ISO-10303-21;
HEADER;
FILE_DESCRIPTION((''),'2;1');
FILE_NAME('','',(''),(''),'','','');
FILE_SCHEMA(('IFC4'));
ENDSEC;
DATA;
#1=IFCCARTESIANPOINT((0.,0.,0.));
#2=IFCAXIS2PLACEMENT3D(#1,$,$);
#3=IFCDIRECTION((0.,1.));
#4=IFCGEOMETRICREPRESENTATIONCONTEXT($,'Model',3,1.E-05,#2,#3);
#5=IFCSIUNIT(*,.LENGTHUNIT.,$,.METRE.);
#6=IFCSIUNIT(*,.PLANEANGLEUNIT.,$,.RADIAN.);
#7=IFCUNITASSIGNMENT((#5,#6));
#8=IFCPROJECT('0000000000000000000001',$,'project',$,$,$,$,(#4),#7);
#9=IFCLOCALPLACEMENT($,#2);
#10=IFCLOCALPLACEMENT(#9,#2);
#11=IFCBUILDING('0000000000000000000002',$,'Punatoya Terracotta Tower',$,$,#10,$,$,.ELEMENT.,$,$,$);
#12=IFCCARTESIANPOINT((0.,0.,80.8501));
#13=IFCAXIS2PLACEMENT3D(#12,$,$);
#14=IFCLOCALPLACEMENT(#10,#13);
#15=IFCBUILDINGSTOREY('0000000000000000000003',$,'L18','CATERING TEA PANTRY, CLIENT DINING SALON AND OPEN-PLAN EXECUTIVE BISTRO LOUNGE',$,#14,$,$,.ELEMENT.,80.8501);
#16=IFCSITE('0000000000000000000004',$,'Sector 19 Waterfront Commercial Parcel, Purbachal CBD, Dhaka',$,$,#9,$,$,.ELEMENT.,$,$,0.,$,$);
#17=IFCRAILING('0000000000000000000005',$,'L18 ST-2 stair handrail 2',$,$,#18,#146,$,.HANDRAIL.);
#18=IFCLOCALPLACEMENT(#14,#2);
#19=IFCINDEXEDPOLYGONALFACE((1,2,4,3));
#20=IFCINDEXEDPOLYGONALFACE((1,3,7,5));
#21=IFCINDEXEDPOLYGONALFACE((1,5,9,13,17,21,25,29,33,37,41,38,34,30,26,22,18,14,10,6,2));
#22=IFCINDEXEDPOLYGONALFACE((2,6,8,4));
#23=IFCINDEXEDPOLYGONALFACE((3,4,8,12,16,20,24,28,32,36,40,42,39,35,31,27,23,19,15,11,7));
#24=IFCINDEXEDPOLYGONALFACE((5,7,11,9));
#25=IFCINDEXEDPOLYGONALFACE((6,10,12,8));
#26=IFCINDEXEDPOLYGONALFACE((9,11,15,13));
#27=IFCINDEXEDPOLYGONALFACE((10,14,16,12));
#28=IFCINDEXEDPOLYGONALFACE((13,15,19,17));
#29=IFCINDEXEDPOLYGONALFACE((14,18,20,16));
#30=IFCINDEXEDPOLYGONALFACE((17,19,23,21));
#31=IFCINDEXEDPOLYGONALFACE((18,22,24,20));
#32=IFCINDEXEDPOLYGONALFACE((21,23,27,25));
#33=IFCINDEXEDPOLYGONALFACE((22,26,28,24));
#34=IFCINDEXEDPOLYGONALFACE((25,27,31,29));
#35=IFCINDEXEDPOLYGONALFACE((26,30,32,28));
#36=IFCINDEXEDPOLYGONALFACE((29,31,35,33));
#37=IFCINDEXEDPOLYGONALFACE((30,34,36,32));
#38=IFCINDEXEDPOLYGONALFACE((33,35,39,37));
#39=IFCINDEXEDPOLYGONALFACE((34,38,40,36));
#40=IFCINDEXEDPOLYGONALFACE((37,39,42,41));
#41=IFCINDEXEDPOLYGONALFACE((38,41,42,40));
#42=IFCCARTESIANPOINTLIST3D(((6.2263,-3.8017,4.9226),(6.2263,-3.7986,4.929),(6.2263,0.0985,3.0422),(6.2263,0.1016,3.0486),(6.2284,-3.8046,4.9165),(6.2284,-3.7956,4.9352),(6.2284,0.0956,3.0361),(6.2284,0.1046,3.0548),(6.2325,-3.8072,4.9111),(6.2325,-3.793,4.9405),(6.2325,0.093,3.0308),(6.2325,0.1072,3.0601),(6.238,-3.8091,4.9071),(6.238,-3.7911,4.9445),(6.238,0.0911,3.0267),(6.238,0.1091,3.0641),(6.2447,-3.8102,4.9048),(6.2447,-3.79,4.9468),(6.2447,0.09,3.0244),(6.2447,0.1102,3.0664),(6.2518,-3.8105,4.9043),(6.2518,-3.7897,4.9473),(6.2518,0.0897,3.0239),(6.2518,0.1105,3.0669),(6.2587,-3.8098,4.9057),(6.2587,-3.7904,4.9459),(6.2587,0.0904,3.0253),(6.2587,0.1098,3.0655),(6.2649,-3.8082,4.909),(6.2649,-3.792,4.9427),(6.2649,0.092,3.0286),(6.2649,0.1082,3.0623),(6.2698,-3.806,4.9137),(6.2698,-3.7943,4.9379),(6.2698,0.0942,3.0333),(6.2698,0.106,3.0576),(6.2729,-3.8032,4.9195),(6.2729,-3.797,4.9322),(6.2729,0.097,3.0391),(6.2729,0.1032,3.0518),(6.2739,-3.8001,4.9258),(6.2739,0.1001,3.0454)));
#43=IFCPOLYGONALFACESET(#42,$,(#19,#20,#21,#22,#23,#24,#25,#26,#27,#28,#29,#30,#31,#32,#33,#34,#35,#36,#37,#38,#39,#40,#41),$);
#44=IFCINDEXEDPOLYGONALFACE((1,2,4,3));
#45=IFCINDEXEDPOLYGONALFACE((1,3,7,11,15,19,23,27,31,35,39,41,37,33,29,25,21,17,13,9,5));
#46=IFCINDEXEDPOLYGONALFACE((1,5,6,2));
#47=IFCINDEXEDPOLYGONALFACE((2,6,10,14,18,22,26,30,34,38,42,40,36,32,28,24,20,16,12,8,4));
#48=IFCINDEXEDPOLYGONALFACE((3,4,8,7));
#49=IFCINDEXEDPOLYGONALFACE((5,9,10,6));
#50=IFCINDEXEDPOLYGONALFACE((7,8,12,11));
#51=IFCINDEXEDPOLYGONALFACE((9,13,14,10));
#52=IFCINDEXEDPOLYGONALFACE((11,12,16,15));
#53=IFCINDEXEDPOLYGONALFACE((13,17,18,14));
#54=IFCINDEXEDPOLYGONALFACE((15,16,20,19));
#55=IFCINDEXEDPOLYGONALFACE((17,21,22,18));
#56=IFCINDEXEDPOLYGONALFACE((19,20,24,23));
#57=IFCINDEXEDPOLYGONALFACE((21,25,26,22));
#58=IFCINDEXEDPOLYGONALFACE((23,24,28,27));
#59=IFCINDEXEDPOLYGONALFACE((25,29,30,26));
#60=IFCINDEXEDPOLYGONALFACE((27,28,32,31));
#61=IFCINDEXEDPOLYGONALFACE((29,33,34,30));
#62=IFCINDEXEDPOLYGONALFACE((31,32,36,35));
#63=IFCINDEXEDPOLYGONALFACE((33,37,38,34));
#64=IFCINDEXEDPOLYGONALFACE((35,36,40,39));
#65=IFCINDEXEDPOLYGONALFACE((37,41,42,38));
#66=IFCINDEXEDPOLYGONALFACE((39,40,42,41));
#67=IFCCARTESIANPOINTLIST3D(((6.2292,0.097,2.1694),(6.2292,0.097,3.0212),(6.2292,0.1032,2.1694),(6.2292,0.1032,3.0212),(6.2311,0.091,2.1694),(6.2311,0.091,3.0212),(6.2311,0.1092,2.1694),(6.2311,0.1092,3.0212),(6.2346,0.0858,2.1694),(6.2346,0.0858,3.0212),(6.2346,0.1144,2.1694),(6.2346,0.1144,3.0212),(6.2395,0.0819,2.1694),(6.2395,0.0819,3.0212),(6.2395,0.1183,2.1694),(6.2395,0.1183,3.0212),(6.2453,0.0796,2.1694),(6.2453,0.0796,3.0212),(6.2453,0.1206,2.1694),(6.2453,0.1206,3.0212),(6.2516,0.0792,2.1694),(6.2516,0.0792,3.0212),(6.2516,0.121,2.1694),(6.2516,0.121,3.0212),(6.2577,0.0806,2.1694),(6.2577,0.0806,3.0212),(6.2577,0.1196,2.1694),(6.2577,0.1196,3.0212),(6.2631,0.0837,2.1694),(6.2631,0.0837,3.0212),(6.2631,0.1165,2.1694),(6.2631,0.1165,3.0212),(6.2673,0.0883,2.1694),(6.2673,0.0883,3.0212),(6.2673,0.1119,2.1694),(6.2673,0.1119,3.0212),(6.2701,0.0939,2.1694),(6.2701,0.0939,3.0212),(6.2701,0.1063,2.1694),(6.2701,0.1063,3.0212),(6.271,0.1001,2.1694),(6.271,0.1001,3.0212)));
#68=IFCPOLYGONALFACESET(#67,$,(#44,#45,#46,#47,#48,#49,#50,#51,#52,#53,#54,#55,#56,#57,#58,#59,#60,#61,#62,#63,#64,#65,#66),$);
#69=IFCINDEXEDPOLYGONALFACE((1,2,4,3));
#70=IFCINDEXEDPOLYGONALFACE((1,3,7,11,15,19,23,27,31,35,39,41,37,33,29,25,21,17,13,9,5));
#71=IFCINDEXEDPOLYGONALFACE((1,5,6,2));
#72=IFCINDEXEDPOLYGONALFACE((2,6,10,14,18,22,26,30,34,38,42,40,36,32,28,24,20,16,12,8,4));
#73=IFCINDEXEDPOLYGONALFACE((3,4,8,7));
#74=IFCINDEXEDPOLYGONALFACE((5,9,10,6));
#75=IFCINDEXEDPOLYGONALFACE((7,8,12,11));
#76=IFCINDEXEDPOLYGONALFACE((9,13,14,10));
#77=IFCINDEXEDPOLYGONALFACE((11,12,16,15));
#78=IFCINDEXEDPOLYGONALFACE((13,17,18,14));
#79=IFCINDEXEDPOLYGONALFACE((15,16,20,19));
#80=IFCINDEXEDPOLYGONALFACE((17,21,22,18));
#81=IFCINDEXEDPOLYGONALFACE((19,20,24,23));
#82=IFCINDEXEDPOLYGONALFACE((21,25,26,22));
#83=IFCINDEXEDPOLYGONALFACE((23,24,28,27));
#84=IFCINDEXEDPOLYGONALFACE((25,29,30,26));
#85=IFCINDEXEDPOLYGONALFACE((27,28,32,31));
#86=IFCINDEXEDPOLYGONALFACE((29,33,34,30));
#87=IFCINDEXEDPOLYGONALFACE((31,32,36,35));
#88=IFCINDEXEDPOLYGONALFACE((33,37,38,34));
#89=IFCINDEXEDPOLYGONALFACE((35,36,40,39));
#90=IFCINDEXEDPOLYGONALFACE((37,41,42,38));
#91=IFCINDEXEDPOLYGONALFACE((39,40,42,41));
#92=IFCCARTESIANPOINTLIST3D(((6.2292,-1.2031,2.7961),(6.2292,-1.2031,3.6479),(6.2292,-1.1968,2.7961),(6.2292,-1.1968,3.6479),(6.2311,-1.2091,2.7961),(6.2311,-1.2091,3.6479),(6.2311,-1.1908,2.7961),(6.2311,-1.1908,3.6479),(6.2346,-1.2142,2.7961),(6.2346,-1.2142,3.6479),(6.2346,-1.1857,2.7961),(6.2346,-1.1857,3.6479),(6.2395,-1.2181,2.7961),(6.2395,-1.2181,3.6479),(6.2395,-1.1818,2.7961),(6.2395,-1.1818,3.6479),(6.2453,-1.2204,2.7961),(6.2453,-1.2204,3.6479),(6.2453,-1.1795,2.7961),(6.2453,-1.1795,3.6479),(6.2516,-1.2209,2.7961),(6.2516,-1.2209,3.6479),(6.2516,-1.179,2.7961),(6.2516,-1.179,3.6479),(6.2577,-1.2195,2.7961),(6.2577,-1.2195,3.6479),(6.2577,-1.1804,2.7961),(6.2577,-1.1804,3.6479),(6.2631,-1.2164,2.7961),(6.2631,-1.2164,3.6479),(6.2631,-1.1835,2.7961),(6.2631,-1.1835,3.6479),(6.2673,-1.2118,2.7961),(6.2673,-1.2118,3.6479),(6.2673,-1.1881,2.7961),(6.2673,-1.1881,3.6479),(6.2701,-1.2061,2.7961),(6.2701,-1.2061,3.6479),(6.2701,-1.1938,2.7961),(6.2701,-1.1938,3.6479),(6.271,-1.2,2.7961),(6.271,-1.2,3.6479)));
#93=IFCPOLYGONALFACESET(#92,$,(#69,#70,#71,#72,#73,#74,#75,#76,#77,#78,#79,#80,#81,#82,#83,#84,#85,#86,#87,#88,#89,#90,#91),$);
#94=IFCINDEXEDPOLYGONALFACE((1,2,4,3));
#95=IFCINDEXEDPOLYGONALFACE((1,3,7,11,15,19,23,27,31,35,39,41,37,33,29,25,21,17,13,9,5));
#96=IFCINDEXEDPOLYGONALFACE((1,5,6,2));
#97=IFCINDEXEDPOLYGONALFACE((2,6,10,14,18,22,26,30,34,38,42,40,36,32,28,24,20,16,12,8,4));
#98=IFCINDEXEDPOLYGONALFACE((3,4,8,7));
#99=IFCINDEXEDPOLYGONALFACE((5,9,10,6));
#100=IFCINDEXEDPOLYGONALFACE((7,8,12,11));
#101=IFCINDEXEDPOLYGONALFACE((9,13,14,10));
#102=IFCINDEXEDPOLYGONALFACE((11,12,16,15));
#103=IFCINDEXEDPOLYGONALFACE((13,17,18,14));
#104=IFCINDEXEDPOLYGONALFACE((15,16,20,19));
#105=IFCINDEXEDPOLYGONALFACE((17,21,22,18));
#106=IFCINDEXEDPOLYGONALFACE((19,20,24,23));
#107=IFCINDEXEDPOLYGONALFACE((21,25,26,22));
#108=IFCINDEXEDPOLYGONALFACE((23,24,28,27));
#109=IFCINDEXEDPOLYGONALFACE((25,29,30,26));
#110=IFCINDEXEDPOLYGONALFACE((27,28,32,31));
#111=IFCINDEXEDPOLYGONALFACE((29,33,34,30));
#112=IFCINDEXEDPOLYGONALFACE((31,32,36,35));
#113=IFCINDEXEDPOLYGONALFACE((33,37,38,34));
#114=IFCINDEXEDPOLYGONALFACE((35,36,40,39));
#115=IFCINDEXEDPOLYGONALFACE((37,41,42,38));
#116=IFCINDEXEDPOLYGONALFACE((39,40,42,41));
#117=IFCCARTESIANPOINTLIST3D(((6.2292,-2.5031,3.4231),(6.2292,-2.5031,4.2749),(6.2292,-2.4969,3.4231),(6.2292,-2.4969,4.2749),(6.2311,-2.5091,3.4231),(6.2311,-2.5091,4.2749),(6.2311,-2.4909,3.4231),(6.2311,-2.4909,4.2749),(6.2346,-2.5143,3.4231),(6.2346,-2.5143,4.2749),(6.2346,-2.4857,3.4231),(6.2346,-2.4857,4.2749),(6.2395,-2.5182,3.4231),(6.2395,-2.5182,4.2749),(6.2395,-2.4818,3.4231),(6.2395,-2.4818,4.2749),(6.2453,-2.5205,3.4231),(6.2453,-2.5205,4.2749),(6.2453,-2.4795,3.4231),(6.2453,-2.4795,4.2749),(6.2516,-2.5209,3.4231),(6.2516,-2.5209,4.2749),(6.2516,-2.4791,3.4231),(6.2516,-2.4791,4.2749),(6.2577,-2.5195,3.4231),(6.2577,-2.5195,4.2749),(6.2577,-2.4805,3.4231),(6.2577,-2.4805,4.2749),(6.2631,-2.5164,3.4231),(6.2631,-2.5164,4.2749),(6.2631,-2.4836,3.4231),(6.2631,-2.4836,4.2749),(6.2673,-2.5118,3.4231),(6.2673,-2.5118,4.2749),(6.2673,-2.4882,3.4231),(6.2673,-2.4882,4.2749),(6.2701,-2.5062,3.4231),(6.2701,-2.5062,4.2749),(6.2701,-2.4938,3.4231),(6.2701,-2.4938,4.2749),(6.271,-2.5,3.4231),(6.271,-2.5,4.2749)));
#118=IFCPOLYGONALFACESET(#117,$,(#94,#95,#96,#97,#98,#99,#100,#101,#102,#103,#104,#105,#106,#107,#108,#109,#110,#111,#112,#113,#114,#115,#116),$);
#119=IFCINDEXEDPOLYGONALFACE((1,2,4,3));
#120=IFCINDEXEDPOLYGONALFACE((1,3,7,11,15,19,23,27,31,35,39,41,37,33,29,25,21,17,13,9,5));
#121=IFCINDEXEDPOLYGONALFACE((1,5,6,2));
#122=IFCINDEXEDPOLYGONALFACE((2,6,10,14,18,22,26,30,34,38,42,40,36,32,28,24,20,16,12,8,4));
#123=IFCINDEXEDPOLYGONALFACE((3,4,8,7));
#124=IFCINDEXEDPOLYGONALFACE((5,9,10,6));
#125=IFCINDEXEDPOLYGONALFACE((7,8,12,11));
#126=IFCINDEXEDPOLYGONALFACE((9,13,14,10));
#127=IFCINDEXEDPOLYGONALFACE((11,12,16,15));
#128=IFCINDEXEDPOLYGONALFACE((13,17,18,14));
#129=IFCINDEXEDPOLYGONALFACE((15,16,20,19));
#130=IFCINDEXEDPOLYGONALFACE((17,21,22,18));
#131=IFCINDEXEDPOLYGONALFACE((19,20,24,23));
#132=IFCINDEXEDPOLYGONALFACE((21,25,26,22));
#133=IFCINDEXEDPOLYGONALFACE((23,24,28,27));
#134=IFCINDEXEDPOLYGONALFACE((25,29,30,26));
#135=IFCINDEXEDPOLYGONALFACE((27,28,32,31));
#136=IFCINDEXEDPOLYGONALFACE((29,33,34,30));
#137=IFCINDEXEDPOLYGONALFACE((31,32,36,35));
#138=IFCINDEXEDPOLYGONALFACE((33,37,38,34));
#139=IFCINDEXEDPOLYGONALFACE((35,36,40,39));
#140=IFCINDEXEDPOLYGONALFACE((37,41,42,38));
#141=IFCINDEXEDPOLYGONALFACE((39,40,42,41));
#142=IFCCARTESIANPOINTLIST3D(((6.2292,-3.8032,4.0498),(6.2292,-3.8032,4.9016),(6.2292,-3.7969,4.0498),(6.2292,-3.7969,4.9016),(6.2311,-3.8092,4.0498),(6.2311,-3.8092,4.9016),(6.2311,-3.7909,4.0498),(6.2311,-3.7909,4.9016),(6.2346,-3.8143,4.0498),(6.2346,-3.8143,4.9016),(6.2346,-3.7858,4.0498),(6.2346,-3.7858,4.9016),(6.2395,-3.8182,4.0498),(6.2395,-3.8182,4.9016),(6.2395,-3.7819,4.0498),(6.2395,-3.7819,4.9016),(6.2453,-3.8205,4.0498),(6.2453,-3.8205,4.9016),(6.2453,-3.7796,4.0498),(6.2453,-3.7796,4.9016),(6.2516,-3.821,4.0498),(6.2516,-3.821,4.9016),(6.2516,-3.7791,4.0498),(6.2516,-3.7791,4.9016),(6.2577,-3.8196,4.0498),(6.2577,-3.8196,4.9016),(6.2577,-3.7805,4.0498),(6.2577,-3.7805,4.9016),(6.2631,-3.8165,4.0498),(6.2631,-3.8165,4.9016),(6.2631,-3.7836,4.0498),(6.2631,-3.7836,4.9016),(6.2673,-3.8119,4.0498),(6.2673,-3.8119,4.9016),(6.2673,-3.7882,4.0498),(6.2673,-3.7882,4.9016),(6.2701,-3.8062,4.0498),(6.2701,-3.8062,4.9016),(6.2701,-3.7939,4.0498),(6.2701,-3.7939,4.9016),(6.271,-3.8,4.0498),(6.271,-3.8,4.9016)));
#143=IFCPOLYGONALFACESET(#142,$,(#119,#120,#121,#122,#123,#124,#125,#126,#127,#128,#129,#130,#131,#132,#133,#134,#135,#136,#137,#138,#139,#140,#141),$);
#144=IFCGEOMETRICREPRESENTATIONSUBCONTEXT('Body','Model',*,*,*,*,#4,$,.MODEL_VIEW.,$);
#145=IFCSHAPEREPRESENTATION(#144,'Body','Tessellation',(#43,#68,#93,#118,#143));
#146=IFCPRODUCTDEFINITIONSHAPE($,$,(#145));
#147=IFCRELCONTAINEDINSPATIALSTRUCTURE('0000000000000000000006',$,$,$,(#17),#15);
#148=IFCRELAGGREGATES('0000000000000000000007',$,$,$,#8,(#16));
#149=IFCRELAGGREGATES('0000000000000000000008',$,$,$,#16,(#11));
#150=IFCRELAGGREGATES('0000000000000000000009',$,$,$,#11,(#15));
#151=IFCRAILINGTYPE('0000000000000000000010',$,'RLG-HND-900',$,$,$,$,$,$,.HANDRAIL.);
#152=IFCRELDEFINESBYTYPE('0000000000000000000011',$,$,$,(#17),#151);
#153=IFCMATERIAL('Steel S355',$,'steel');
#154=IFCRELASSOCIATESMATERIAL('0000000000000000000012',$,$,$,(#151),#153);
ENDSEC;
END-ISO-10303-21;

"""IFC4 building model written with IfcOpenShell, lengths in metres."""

from ifc_helpers import new_model, si_unit, direction, frame, origin, origin_2d, place, context, subcontext, project, spatial, circle, extrude, material, type_object, element, save


model = new_model("IFC4")

# Units and contexts
model_context = context("Model", 3, precision=1e-05, world=origin(), true_north=direction((0.0, 1.0)))
body_context = subcontext(model_context, "Body", "Model", "MODEL_VIEW")
ifc_project = project(units=[si_unit("LENGTHUNIT", "METRE"), si_unit("PLANEANGLEUNIT", "RADIAN")], contexts=[model_context])

# Site, building, storey
site_placement = place(None, origin())
site = spatial("IfcSite", under=ifc_project, at=site_placement, Name="Sector 19 Waterfront Commercial Parcel, Purbachal CBD, Dhaka", CompositionType="ELEMENT", RefElevation=0.0)
building_placement = place(site_placement, origin())
building = spatial("IfcBuilding", under=site, at=building_placement, Name="Punatoya Terracotta Tower", CompositionType="ELEMENT")
storey_placement = place(building_placement, frame((0.0, 0.0, 80.8501)))
storey = spatial("IfcBuildingStorey", under=building, at=storey_placement, Name="L18", Description="CATERING TEA PANTRY, CLIENT DINING SALON AND OPEN-PLAN EXECUTIVE BISTRO LOUNGE", CompositionType="ELEMENT", Elevation=80.8501)

# Shared definitions
ifc_material_1 = material(Name="Steel S355", Category="steel")

# Railing
railing_type_1 = type_object("IfcRailingType", Name="RLG-HND-900", PredefinedType="HANDRAIL", material=ifc_material_1)
railing_1_placement = place(storey_placement, frame((6.25, 0.1001, 2.1694)))
element("IfcRailing", 1, at=railing_1_placement, inside=storey, type_object=railing_type_1, Name="L18 ST-2 stair handrail 2", PredefinedType="HANDRAIL", context=body_context, shape_type="SweptSolid", body=[
    extrude(circle(Radius=0.0239, at=origin_2d()), frame((0.0, 0.0, 0.876), z_axis=(0.0, -0.900774, 0.434289), x_axis=(1.0, 0.0, 0.0)), (0.0, 0.0, 1.0), 4.3298),
    extrude(circle(Radius=0.021, at=origin_2d()), origin(), (0.0, 0.0, 1.0), 0.8518),
    extrude(circle(Radius=0.021, at=origin_2d()), frame((0.0, -1.3, 0.6267)), (0.0, 0.0, 1.0), 0.8518),
    extrude(circle(Radius=0.021, at=origin_2d()), frame((0.0, -2.6001, 1.2537)), (0.0, 0.0, 1.0), 0.8518),
    extrude(circle(Radius=0.021, at=origin_2d()), frame((0.0, -3.9001, 1.8804)), (0.0, 0.0, 1.0), 0.8518),
])

save(model, "model.ifc")
